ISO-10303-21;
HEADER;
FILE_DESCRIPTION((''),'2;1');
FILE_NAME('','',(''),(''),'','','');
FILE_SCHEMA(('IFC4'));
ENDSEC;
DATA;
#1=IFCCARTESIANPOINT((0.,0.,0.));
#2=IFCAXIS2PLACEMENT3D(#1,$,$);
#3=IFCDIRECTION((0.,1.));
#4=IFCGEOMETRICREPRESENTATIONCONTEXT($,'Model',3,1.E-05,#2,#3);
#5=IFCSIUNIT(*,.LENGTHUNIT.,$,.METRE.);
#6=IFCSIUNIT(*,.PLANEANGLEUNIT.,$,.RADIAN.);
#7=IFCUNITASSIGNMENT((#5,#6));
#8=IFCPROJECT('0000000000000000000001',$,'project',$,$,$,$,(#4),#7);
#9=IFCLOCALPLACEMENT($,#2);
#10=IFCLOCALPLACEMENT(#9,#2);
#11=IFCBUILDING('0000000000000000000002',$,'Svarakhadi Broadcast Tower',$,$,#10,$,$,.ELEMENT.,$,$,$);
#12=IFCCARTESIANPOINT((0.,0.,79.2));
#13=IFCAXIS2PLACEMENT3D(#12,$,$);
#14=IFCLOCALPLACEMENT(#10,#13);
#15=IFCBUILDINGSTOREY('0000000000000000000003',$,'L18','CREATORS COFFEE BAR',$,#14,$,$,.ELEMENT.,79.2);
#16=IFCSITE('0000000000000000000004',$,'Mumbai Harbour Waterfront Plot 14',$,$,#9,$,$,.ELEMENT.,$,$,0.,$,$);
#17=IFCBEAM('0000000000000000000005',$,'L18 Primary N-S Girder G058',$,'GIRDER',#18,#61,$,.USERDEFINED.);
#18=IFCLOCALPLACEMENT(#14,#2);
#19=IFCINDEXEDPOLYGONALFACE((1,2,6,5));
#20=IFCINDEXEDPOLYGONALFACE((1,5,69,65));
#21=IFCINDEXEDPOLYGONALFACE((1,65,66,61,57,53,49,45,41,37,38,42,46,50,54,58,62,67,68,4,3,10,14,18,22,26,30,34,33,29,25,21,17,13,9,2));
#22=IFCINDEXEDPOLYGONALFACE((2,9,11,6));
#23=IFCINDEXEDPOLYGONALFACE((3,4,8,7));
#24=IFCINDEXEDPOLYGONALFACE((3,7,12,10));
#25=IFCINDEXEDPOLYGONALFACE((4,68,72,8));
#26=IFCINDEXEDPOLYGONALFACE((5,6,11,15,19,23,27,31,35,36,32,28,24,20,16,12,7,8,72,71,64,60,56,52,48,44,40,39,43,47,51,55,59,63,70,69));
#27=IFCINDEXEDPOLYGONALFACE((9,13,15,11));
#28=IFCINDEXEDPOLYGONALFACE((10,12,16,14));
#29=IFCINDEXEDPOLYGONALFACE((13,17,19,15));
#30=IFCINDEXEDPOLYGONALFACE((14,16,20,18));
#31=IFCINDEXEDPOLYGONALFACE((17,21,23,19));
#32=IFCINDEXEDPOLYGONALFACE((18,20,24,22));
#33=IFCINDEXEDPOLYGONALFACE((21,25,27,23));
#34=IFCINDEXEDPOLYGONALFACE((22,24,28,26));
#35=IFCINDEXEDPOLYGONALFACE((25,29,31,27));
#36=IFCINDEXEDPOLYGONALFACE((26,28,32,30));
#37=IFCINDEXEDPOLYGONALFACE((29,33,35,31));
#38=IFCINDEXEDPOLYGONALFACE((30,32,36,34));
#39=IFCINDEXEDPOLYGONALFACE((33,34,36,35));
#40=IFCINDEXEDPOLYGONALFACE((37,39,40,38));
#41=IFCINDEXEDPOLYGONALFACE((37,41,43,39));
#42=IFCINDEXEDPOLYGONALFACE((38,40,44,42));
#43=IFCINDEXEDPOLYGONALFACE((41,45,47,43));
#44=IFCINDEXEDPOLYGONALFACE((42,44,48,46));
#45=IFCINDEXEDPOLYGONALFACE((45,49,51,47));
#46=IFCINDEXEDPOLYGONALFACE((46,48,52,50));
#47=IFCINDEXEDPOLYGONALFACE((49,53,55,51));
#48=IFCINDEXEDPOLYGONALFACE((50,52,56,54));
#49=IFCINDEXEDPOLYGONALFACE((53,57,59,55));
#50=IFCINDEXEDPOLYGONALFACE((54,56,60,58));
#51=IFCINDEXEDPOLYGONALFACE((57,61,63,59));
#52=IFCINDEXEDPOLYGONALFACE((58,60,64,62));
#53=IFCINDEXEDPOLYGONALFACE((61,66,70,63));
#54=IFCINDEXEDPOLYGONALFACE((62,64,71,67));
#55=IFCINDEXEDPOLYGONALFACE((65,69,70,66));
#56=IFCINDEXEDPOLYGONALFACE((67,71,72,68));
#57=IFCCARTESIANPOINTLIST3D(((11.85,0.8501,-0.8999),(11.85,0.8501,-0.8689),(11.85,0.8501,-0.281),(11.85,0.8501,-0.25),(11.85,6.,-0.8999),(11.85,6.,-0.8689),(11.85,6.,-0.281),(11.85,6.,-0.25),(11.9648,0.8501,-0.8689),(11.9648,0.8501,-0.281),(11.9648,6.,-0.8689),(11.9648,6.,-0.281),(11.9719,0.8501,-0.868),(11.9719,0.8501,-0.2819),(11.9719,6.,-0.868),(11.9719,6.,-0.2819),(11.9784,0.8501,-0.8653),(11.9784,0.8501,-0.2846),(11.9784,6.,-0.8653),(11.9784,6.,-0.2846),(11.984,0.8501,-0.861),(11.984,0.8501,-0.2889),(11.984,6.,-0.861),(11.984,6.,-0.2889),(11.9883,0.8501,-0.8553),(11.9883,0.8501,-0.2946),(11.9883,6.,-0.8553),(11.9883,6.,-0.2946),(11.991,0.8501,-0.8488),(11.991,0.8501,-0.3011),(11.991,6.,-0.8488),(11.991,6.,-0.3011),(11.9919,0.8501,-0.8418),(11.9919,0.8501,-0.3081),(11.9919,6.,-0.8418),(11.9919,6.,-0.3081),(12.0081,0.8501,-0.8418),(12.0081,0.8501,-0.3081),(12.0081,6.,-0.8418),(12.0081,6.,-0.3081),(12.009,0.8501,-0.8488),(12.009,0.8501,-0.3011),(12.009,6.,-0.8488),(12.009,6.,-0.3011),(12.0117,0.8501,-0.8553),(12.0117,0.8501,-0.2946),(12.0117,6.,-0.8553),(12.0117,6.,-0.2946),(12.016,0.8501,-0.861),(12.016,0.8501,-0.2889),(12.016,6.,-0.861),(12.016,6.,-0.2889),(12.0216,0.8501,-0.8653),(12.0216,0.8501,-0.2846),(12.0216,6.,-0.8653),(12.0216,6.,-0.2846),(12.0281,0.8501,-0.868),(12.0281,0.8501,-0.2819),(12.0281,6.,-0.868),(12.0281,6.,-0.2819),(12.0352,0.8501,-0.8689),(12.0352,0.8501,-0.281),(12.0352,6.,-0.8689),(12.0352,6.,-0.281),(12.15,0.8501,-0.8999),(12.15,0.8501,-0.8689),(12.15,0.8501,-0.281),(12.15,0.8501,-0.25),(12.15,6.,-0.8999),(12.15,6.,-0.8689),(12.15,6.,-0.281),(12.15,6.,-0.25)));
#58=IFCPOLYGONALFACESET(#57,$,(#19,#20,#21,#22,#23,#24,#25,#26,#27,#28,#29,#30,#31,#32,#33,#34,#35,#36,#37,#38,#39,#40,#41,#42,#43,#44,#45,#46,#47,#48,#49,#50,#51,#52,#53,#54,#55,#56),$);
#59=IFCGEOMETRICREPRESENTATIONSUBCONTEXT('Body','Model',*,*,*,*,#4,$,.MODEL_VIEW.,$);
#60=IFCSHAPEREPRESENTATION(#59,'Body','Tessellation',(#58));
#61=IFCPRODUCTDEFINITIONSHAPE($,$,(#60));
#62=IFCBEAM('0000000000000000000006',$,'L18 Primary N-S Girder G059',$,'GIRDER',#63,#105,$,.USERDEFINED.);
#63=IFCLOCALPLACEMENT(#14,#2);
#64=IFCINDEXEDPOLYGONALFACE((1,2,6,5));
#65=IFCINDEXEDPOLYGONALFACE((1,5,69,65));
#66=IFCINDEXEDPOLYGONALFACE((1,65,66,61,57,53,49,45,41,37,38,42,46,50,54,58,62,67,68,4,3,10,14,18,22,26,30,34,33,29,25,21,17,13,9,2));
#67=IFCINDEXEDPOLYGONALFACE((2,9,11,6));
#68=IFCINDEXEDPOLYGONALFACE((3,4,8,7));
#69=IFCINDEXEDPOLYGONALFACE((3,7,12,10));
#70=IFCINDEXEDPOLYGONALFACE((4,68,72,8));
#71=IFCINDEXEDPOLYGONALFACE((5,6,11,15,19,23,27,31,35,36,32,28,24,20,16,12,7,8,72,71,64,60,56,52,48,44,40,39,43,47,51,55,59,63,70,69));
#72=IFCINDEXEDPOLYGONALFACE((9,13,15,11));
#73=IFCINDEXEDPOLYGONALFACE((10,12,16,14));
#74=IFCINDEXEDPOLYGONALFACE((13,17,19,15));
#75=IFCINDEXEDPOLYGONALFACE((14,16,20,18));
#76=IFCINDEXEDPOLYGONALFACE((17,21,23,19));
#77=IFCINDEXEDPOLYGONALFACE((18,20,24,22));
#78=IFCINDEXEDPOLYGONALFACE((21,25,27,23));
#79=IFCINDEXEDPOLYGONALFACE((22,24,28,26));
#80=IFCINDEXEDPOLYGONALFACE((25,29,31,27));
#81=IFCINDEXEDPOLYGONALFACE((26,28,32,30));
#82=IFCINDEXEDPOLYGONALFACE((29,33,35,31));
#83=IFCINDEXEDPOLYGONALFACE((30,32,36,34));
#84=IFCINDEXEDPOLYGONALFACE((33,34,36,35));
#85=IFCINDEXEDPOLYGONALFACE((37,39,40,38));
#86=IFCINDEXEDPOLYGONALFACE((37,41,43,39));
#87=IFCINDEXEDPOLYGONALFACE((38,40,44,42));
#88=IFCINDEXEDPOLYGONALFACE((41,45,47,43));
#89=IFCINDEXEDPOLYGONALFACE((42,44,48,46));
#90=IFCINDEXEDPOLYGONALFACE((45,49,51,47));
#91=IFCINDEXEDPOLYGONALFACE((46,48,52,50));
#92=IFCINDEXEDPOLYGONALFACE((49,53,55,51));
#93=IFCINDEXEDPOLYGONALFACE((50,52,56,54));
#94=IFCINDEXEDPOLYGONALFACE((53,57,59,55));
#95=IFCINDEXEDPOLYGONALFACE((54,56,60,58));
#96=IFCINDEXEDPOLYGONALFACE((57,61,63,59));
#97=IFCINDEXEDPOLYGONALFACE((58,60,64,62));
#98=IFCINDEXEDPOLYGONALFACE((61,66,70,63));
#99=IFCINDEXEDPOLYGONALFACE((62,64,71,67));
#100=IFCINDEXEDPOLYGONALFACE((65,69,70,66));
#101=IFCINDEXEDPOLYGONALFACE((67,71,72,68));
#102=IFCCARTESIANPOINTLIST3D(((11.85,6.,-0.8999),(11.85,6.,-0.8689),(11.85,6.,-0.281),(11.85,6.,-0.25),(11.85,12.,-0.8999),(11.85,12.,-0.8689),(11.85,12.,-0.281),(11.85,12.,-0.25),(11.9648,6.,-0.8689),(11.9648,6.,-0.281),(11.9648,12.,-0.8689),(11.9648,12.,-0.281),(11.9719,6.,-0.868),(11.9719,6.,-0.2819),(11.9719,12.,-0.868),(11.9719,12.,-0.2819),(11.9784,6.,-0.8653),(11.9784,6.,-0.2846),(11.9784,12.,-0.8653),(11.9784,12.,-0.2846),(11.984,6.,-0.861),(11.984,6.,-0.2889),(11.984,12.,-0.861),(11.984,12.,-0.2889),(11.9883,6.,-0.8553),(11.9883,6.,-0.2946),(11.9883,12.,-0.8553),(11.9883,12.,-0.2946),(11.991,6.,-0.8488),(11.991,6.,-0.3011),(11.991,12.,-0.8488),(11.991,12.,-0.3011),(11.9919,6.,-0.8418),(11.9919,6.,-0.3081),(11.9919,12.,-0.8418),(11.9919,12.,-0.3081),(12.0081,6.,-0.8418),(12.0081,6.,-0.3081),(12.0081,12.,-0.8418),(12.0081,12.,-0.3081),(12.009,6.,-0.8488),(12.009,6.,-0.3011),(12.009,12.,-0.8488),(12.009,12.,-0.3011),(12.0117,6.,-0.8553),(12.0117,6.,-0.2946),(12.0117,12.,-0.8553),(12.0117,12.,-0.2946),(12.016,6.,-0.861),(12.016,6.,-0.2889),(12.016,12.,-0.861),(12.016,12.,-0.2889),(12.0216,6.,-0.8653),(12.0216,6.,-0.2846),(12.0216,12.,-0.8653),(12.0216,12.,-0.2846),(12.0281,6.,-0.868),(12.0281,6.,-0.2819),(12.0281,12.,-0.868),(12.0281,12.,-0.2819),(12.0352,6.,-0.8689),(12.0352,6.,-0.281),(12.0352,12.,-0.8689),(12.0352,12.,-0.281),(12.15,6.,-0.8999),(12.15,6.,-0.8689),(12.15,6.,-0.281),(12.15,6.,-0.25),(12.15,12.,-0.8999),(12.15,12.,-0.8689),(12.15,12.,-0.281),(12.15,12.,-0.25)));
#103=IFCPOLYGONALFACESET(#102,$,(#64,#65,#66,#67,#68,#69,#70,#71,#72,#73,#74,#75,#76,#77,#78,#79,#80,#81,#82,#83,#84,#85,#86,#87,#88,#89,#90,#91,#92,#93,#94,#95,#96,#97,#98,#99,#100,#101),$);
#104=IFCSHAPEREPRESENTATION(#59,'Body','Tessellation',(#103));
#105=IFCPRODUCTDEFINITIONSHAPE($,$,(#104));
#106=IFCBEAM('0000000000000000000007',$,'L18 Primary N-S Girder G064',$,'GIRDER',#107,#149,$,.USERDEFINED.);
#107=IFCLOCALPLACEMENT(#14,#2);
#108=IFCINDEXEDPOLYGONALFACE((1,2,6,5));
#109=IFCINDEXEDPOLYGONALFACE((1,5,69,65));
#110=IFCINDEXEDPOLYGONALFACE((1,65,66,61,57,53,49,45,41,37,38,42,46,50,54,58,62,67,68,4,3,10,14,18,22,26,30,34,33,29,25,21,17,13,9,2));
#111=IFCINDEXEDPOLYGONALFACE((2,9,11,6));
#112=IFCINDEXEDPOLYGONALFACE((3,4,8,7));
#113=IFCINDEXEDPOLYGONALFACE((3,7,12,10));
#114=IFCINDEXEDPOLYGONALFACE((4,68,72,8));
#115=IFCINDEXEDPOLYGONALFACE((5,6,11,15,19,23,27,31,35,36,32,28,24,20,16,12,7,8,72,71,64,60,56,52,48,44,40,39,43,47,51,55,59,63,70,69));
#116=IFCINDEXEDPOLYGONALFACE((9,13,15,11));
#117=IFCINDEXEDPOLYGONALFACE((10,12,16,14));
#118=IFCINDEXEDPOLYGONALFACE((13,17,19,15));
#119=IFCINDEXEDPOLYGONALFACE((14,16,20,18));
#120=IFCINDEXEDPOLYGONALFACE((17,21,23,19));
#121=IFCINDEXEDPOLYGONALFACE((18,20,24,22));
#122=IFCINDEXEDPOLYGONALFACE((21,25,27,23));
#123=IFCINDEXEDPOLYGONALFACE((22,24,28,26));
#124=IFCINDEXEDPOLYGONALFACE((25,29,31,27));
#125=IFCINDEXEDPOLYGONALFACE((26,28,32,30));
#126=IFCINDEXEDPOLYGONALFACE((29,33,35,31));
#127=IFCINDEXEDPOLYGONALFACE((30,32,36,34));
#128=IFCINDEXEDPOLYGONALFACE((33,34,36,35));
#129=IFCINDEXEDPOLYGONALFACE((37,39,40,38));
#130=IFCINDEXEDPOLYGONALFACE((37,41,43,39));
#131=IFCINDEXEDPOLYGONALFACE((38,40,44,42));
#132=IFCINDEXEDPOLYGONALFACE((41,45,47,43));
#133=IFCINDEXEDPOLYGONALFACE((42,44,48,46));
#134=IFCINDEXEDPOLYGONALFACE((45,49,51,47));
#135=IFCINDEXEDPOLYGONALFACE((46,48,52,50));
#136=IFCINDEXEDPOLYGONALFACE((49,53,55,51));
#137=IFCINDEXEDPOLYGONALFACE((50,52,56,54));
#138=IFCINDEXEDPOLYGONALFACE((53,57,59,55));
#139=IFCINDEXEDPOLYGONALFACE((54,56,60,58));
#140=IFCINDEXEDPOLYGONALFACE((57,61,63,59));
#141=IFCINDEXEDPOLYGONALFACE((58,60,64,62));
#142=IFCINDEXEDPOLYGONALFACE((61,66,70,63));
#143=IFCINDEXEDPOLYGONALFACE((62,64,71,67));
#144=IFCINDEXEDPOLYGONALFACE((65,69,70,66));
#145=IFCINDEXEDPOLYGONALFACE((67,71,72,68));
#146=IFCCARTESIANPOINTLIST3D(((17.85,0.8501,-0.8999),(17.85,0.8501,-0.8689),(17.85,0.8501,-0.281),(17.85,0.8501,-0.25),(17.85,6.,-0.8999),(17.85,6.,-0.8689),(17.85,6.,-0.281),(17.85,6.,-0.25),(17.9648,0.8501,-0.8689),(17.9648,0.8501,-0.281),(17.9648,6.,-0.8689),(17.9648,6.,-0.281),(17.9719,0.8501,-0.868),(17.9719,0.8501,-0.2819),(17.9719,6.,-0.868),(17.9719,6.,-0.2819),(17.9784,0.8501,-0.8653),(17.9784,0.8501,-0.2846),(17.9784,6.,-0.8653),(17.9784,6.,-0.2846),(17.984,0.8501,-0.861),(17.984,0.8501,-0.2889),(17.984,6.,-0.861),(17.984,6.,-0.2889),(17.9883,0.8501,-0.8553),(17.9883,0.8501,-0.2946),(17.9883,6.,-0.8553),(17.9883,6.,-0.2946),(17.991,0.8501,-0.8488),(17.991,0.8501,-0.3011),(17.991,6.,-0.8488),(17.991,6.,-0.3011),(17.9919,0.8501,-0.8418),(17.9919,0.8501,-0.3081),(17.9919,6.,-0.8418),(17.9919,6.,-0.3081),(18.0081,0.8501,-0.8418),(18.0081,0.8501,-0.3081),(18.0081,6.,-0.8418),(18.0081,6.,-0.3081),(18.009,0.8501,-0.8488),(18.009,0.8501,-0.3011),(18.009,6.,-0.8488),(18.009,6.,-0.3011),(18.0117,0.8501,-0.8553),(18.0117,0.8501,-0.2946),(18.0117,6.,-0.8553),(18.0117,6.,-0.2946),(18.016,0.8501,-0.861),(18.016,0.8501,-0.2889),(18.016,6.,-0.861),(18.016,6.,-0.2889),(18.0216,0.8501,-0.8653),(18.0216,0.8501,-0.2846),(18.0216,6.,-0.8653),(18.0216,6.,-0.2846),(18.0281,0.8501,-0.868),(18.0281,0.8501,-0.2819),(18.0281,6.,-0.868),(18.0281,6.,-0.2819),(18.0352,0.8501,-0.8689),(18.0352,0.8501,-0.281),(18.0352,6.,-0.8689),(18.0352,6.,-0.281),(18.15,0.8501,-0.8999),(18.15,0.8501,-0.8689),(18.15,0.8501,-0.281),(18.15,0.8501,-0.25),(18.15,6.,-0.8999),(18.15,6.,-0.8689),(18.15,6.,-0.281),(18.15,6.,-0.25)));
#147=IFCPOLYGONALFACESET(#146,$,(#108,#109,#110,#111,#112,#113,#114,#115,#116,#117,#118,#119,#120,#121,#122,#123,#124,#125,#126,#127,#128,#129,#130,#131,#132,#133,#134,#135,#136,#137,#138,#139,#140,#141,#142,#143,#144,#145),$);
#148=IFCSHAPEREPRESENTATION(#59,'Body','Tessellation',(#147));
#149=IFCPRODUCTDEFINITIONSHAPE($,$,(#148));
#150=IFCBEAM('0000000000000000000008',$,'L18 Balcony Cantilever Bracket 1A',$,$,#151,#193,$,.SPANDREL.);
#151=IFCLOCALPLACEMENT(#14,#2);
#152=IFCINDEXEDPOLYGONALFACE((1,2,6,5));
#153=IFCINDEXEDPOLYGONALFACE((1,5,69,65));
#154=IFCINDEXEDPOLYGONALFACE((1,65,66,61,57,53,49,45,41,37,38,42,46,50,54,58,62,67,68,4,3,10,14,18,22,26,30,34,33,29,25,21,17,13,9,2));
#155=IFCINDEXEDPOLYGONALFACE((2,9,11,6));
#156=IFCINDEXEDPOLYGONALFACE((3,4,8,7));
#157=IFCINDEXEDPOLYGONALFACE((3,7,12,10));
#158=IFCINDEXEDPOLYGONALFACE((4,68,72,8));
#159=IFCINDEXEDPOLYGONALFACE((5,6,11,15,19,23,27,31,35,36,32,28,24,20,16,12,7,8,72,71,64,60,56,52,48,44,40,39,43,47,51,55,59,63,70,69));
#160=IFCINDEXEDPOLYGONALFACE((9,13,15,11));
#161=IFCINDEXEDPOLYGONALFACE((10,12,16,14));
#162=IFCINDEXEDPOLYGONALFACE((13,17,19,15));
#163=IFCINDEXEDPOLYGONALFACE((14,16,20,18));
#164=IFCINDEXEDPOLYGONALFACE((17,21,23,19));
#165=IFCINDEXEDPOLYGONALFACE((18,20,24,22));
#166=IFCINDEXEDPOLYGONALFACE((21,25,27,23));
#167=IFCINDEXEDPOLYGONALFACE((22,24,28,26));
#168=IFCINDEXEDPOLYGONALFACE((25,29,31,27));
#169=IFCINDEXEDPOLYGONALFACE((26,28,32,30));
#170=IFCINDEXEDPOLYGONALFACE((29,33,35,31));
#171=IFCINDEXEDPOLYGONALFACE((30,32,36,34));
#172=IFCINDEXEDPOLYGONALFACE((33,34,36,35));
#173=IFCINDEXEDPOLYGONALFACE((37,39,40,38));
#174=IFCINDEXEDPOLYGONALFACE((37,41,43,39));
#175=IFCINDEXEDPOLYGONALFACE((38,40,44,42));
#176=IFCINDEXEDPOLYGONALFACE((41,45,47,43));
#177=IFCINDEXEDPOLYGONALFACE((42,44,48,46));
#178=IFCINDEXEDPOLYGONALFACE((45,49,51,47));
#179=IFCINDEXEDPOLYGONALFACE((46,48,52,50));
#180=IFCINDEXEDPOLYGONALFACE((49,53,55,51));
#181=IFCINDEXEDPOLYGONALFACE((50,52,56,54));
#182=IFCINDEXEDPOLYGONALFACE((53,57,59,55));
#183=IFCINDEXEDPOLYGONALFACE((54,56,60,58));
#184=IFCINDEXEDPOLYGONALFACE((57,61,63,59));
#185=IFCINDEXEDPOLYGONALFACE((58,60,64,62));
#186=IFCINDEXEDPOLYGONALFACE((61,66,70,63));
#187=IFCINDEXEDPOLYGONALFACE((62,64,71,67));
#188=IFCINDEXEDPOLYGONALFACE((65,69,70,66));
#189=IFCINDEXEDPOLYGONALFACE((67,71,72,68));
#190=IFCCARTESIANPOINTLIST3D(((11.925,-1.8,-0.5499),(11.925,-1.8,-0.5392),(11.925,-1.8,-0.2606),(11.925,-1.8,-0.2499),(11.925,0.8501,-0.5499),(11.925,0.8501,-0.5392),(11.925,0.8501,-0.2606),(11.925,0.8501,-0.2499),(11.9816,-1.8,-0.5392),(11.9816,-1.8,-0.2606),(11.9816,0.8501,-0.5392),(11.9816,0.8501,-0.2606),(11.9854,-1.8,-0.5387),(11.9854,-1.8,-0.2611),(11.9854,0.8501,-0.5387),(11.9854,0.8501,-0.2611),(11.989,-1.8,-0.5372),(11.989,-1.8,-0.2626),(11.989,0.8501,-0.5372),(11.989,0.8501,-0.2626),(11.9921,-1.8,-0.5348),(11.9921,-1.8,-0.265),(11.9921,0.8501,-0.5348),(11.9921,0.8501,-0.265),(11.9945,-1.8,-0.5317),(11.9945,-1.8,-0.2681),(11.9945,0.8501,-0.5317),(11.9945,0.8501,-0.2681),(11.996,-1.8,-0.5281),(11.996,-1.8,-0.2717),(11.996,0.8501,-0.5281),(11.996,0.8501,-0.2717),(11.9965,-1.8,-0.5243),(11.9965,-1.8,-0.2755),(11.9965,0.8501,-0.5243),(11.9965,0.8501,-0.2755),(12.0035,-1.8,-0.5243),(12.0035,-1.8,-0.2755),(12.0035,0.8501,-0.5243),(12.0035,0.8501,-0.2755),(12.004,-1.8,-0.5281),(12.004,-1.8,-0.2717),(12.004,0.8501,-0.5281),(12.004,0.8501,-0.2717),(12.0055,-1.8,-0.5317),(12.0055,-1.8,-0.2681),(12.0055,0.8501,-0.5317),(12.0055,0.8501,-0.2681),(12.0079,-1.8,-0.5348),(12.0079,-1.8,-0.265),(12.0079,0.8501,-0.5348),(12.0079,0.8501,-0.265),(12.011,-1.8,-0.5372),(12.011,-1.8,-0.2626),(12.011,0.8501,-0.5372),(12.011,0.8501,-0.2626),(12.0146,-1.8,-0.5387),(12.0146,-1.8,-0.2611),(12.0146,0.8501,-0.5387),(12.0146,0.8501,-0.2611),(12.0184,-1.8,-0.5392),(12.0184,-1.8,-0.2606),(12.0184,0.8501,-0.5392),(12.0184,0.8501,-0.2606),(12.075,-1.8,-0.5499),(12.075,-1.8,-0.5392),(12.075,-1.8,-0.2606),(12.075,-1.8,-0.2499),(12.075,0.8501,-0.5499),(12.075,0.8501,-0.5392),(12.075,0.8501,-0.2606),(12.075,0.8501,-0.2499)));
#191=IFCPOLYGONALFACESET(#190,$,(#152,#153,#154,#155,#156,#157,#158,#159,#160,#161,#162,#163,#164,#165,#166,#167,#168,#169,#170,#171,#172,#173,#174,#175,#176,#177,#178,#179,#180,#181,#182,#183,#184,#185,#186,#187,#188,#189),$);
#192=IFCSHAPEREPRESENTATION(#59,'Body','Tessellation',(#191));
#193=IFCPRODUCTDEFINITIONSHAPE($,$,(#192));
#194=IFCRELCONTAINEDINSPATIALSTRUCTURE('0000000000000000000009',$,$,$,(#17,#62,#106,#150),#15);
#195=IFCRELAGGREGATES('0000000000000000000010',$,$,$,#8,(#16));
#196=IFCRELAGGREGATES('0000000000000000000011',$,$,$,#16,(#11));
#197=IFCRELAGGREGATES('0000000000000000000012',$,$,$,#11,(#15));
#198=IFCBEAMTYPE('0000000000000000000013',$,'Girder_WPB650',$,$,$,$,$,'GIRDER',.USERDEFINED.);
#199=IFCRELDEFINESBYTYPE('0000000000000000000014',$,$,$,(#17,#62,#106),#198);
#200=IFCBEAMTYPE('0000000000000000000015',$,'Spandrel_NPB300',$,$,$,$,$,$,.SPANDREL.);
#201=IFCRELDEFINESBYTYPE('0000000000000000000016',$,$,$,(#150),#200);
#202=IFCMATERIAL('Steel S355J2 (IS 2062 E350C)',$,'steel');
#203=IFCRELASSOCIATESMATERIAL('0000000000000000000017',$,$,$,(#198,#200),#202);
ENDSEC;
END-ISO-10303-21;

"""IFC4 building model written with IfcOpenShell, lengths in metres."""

from ifc_helpers import new_model, si_unit, direction, frame, origin, origin_2d, place, context, subcontext, project, spatial, i_section, extrude, material, material_profile, profile_set, type_object, element, save


model = new_model("IFC4")

# Units and contexts
model_context = context("Model", 3, precision=1e-05, world=origin(), true_north=direction((0.0, 1.0)))
body_context = subcontext(model_context, "Body", "Model", "MODEL_VIEW")
ifc_project = project(units=[si_unit("LENGTHUNIT", "METRE"), si_unit("PLANEANGLEUNIT", "RADIAN")], contexts=[model_context])

# Site, building, storey
site_placement = place(None, origin())
site = spatial("IfcSite", under=ifc_project, at=site_placement, Name="Mumbai Harbour Waterfront Plot 14", CompositionType="ELEMENT", RefElevation=0.0)
building_placement = place(site_placement, origin())
building = spatial("IfcBuilding", under=site, at=building_placement, Name="Svarakhadi Broadcast Tower", CompositionType="ELEMENT")
storey_placement = place(building_placement, frame((0.0, 0.0, 79.2)))
storey = spatial("IfcBuildingStorey", under=building, at=storey_placement, Name="L18", Description="CREATORS COFFEE BAR", CompositionType="ELEMENT", Elevation=79.2)

# Shared definitions
ifc_material_1 = material(Name="Steel S355J2 (IS 2062 E350C)", Category="steel")

# Beams
ifc_material_profile_1 = material_profile(ifc_material_1, i_section(OverallWidth=0.3, OverallDepth=0.6499, WebThickness=0.0161, FlangeThickness=0.031, FilletRadius=0.0271, at=origin_2d()), Name="WPB 650x300x225")
ifc_profile_set_1 = profile_set([ifc_material_profile_1], Name="Steel S355J2 (IS 2062 E350C)")
beam_type_1 = type_object("IfcBeamType", Name="Girder_WPB650", ElementType="GIRDER", PredefinedType="USERDEFINED", material=ifc_profile_set_1)
beam_1_placement = place(storey_placement, frame((12.0, 0.8501, -0.575), z_axis=(0.0, 1.0, 0.0), x_axis=(-1.0, 0.0, 0.0)))
element("IfcBeam", 1, at=beam_1_placement, inside=storey, type_object=beam_type_1, Name="L18 Primary N-S Girder G058", ObjectType="GIRDER", PredefinedType="USERDEFINED", context=body_context, shape_type="SweptSolid", body=[
    extrude(i_section(OverallWidth=0.3, OverallDepth=0.6499, WebThickness=0.0161, FlangeThickness=0.031, FilletRadius=0.0271, at=origin_2d()), origin(), (0.0, 0.0, 1.0), 5.1499),
])
beam_2_placement = place(storey_placement, frame((12.0, 6.0, -0.575), z_axis=(0.0, 1.0, 0.0), x_axis=(-1.0, 0.0, 0.0)))
element("IfcBeam", 2, at=beam_2_placement, inside=storey, type_object=beam_type_1, Name="L18 Primary N-S Girder G059", ObjectType="GIRDER", PredefinedType="USERDEFINED", context=body_context, shape_type="SweptSolid", body=[
    extrude(i_section(OverallWidth=0.3, OverallDepth=0.6499, WebThickness=0.0161, FlangeThickness=0.031, FilletRadius=0.0271, at=origin_2d()), origin(), (0.0, 0.0, 1.0), 6.0),
])
beam_3_placement = place(storey_placement, frame((18.0, 0.8501, -0.575), z_axis=(0.0, 1.0, 0.0), x_axis=(-1.0, 0.0, 0.0)))
element("IfcBeam", 3, at=beam_3_placement, inside=storey, type_object=beam_type_1, Name="L18 Primary N-S Girder G064", ObjectType="GIRDER", PredefinedType="USERDEFINED", context=body_context, shape_type="SweptSolid", body=[
    extrude(i_section(OverallWidth=0.3, OverallDepth=0.6499, WebThickness=0.0161, FlangeThickness=0.031, FilletRadius=0.0271, at=origin_2d()), origin(), (0.0, 0.0, 1.0), 5.1499),
])
ifc_material_profile_2 = material_profile(ifc_material_1, i_section(OverallWidth=0.1499, OverallDepth=0.3, WebThickness=0.0071, FlangeThickness=0.0107, FilletRadius=0.0149, at=origin_2d()), Name="NPB 300x150x37")
ifc_profile_set_2 = profile_set([ifc_material_profile_2], Name="Steel S355J2 (IS 2062 E350C)")
beam_type_2 = type_object("IfcBeamType", Name="Spandrel_NPB300", PredefinedType="SPANDREL", material=ifc_profile_set_2)
beam_4_placement = place(storey_placement, frame((12.0, 0.8501, -0.3999), z_axis=(0.0, -1.0, 0.0), x_axis=(1.0, 0.0, 0.0)))
element("IfcBeam", 4, at=beam_4_placement, inside=storey, type_object=beam_type_2, Name="L18 Balcony Cantilever Bracket 1A", PredefinedType="SPANDREL", context=body_context, shape_type="SweptSolid", body=[
    extrude(i_section(OverallWidth=0.1499, OverallDepth=0.3, WebThickness=0.0071, FlangeThickness=0.0107, FilletRadius=0.0149, at=origin_2d()), origin(), (0.0, 0.0, 1.0), 2.6501),
])

save(model, "model.ifc")
